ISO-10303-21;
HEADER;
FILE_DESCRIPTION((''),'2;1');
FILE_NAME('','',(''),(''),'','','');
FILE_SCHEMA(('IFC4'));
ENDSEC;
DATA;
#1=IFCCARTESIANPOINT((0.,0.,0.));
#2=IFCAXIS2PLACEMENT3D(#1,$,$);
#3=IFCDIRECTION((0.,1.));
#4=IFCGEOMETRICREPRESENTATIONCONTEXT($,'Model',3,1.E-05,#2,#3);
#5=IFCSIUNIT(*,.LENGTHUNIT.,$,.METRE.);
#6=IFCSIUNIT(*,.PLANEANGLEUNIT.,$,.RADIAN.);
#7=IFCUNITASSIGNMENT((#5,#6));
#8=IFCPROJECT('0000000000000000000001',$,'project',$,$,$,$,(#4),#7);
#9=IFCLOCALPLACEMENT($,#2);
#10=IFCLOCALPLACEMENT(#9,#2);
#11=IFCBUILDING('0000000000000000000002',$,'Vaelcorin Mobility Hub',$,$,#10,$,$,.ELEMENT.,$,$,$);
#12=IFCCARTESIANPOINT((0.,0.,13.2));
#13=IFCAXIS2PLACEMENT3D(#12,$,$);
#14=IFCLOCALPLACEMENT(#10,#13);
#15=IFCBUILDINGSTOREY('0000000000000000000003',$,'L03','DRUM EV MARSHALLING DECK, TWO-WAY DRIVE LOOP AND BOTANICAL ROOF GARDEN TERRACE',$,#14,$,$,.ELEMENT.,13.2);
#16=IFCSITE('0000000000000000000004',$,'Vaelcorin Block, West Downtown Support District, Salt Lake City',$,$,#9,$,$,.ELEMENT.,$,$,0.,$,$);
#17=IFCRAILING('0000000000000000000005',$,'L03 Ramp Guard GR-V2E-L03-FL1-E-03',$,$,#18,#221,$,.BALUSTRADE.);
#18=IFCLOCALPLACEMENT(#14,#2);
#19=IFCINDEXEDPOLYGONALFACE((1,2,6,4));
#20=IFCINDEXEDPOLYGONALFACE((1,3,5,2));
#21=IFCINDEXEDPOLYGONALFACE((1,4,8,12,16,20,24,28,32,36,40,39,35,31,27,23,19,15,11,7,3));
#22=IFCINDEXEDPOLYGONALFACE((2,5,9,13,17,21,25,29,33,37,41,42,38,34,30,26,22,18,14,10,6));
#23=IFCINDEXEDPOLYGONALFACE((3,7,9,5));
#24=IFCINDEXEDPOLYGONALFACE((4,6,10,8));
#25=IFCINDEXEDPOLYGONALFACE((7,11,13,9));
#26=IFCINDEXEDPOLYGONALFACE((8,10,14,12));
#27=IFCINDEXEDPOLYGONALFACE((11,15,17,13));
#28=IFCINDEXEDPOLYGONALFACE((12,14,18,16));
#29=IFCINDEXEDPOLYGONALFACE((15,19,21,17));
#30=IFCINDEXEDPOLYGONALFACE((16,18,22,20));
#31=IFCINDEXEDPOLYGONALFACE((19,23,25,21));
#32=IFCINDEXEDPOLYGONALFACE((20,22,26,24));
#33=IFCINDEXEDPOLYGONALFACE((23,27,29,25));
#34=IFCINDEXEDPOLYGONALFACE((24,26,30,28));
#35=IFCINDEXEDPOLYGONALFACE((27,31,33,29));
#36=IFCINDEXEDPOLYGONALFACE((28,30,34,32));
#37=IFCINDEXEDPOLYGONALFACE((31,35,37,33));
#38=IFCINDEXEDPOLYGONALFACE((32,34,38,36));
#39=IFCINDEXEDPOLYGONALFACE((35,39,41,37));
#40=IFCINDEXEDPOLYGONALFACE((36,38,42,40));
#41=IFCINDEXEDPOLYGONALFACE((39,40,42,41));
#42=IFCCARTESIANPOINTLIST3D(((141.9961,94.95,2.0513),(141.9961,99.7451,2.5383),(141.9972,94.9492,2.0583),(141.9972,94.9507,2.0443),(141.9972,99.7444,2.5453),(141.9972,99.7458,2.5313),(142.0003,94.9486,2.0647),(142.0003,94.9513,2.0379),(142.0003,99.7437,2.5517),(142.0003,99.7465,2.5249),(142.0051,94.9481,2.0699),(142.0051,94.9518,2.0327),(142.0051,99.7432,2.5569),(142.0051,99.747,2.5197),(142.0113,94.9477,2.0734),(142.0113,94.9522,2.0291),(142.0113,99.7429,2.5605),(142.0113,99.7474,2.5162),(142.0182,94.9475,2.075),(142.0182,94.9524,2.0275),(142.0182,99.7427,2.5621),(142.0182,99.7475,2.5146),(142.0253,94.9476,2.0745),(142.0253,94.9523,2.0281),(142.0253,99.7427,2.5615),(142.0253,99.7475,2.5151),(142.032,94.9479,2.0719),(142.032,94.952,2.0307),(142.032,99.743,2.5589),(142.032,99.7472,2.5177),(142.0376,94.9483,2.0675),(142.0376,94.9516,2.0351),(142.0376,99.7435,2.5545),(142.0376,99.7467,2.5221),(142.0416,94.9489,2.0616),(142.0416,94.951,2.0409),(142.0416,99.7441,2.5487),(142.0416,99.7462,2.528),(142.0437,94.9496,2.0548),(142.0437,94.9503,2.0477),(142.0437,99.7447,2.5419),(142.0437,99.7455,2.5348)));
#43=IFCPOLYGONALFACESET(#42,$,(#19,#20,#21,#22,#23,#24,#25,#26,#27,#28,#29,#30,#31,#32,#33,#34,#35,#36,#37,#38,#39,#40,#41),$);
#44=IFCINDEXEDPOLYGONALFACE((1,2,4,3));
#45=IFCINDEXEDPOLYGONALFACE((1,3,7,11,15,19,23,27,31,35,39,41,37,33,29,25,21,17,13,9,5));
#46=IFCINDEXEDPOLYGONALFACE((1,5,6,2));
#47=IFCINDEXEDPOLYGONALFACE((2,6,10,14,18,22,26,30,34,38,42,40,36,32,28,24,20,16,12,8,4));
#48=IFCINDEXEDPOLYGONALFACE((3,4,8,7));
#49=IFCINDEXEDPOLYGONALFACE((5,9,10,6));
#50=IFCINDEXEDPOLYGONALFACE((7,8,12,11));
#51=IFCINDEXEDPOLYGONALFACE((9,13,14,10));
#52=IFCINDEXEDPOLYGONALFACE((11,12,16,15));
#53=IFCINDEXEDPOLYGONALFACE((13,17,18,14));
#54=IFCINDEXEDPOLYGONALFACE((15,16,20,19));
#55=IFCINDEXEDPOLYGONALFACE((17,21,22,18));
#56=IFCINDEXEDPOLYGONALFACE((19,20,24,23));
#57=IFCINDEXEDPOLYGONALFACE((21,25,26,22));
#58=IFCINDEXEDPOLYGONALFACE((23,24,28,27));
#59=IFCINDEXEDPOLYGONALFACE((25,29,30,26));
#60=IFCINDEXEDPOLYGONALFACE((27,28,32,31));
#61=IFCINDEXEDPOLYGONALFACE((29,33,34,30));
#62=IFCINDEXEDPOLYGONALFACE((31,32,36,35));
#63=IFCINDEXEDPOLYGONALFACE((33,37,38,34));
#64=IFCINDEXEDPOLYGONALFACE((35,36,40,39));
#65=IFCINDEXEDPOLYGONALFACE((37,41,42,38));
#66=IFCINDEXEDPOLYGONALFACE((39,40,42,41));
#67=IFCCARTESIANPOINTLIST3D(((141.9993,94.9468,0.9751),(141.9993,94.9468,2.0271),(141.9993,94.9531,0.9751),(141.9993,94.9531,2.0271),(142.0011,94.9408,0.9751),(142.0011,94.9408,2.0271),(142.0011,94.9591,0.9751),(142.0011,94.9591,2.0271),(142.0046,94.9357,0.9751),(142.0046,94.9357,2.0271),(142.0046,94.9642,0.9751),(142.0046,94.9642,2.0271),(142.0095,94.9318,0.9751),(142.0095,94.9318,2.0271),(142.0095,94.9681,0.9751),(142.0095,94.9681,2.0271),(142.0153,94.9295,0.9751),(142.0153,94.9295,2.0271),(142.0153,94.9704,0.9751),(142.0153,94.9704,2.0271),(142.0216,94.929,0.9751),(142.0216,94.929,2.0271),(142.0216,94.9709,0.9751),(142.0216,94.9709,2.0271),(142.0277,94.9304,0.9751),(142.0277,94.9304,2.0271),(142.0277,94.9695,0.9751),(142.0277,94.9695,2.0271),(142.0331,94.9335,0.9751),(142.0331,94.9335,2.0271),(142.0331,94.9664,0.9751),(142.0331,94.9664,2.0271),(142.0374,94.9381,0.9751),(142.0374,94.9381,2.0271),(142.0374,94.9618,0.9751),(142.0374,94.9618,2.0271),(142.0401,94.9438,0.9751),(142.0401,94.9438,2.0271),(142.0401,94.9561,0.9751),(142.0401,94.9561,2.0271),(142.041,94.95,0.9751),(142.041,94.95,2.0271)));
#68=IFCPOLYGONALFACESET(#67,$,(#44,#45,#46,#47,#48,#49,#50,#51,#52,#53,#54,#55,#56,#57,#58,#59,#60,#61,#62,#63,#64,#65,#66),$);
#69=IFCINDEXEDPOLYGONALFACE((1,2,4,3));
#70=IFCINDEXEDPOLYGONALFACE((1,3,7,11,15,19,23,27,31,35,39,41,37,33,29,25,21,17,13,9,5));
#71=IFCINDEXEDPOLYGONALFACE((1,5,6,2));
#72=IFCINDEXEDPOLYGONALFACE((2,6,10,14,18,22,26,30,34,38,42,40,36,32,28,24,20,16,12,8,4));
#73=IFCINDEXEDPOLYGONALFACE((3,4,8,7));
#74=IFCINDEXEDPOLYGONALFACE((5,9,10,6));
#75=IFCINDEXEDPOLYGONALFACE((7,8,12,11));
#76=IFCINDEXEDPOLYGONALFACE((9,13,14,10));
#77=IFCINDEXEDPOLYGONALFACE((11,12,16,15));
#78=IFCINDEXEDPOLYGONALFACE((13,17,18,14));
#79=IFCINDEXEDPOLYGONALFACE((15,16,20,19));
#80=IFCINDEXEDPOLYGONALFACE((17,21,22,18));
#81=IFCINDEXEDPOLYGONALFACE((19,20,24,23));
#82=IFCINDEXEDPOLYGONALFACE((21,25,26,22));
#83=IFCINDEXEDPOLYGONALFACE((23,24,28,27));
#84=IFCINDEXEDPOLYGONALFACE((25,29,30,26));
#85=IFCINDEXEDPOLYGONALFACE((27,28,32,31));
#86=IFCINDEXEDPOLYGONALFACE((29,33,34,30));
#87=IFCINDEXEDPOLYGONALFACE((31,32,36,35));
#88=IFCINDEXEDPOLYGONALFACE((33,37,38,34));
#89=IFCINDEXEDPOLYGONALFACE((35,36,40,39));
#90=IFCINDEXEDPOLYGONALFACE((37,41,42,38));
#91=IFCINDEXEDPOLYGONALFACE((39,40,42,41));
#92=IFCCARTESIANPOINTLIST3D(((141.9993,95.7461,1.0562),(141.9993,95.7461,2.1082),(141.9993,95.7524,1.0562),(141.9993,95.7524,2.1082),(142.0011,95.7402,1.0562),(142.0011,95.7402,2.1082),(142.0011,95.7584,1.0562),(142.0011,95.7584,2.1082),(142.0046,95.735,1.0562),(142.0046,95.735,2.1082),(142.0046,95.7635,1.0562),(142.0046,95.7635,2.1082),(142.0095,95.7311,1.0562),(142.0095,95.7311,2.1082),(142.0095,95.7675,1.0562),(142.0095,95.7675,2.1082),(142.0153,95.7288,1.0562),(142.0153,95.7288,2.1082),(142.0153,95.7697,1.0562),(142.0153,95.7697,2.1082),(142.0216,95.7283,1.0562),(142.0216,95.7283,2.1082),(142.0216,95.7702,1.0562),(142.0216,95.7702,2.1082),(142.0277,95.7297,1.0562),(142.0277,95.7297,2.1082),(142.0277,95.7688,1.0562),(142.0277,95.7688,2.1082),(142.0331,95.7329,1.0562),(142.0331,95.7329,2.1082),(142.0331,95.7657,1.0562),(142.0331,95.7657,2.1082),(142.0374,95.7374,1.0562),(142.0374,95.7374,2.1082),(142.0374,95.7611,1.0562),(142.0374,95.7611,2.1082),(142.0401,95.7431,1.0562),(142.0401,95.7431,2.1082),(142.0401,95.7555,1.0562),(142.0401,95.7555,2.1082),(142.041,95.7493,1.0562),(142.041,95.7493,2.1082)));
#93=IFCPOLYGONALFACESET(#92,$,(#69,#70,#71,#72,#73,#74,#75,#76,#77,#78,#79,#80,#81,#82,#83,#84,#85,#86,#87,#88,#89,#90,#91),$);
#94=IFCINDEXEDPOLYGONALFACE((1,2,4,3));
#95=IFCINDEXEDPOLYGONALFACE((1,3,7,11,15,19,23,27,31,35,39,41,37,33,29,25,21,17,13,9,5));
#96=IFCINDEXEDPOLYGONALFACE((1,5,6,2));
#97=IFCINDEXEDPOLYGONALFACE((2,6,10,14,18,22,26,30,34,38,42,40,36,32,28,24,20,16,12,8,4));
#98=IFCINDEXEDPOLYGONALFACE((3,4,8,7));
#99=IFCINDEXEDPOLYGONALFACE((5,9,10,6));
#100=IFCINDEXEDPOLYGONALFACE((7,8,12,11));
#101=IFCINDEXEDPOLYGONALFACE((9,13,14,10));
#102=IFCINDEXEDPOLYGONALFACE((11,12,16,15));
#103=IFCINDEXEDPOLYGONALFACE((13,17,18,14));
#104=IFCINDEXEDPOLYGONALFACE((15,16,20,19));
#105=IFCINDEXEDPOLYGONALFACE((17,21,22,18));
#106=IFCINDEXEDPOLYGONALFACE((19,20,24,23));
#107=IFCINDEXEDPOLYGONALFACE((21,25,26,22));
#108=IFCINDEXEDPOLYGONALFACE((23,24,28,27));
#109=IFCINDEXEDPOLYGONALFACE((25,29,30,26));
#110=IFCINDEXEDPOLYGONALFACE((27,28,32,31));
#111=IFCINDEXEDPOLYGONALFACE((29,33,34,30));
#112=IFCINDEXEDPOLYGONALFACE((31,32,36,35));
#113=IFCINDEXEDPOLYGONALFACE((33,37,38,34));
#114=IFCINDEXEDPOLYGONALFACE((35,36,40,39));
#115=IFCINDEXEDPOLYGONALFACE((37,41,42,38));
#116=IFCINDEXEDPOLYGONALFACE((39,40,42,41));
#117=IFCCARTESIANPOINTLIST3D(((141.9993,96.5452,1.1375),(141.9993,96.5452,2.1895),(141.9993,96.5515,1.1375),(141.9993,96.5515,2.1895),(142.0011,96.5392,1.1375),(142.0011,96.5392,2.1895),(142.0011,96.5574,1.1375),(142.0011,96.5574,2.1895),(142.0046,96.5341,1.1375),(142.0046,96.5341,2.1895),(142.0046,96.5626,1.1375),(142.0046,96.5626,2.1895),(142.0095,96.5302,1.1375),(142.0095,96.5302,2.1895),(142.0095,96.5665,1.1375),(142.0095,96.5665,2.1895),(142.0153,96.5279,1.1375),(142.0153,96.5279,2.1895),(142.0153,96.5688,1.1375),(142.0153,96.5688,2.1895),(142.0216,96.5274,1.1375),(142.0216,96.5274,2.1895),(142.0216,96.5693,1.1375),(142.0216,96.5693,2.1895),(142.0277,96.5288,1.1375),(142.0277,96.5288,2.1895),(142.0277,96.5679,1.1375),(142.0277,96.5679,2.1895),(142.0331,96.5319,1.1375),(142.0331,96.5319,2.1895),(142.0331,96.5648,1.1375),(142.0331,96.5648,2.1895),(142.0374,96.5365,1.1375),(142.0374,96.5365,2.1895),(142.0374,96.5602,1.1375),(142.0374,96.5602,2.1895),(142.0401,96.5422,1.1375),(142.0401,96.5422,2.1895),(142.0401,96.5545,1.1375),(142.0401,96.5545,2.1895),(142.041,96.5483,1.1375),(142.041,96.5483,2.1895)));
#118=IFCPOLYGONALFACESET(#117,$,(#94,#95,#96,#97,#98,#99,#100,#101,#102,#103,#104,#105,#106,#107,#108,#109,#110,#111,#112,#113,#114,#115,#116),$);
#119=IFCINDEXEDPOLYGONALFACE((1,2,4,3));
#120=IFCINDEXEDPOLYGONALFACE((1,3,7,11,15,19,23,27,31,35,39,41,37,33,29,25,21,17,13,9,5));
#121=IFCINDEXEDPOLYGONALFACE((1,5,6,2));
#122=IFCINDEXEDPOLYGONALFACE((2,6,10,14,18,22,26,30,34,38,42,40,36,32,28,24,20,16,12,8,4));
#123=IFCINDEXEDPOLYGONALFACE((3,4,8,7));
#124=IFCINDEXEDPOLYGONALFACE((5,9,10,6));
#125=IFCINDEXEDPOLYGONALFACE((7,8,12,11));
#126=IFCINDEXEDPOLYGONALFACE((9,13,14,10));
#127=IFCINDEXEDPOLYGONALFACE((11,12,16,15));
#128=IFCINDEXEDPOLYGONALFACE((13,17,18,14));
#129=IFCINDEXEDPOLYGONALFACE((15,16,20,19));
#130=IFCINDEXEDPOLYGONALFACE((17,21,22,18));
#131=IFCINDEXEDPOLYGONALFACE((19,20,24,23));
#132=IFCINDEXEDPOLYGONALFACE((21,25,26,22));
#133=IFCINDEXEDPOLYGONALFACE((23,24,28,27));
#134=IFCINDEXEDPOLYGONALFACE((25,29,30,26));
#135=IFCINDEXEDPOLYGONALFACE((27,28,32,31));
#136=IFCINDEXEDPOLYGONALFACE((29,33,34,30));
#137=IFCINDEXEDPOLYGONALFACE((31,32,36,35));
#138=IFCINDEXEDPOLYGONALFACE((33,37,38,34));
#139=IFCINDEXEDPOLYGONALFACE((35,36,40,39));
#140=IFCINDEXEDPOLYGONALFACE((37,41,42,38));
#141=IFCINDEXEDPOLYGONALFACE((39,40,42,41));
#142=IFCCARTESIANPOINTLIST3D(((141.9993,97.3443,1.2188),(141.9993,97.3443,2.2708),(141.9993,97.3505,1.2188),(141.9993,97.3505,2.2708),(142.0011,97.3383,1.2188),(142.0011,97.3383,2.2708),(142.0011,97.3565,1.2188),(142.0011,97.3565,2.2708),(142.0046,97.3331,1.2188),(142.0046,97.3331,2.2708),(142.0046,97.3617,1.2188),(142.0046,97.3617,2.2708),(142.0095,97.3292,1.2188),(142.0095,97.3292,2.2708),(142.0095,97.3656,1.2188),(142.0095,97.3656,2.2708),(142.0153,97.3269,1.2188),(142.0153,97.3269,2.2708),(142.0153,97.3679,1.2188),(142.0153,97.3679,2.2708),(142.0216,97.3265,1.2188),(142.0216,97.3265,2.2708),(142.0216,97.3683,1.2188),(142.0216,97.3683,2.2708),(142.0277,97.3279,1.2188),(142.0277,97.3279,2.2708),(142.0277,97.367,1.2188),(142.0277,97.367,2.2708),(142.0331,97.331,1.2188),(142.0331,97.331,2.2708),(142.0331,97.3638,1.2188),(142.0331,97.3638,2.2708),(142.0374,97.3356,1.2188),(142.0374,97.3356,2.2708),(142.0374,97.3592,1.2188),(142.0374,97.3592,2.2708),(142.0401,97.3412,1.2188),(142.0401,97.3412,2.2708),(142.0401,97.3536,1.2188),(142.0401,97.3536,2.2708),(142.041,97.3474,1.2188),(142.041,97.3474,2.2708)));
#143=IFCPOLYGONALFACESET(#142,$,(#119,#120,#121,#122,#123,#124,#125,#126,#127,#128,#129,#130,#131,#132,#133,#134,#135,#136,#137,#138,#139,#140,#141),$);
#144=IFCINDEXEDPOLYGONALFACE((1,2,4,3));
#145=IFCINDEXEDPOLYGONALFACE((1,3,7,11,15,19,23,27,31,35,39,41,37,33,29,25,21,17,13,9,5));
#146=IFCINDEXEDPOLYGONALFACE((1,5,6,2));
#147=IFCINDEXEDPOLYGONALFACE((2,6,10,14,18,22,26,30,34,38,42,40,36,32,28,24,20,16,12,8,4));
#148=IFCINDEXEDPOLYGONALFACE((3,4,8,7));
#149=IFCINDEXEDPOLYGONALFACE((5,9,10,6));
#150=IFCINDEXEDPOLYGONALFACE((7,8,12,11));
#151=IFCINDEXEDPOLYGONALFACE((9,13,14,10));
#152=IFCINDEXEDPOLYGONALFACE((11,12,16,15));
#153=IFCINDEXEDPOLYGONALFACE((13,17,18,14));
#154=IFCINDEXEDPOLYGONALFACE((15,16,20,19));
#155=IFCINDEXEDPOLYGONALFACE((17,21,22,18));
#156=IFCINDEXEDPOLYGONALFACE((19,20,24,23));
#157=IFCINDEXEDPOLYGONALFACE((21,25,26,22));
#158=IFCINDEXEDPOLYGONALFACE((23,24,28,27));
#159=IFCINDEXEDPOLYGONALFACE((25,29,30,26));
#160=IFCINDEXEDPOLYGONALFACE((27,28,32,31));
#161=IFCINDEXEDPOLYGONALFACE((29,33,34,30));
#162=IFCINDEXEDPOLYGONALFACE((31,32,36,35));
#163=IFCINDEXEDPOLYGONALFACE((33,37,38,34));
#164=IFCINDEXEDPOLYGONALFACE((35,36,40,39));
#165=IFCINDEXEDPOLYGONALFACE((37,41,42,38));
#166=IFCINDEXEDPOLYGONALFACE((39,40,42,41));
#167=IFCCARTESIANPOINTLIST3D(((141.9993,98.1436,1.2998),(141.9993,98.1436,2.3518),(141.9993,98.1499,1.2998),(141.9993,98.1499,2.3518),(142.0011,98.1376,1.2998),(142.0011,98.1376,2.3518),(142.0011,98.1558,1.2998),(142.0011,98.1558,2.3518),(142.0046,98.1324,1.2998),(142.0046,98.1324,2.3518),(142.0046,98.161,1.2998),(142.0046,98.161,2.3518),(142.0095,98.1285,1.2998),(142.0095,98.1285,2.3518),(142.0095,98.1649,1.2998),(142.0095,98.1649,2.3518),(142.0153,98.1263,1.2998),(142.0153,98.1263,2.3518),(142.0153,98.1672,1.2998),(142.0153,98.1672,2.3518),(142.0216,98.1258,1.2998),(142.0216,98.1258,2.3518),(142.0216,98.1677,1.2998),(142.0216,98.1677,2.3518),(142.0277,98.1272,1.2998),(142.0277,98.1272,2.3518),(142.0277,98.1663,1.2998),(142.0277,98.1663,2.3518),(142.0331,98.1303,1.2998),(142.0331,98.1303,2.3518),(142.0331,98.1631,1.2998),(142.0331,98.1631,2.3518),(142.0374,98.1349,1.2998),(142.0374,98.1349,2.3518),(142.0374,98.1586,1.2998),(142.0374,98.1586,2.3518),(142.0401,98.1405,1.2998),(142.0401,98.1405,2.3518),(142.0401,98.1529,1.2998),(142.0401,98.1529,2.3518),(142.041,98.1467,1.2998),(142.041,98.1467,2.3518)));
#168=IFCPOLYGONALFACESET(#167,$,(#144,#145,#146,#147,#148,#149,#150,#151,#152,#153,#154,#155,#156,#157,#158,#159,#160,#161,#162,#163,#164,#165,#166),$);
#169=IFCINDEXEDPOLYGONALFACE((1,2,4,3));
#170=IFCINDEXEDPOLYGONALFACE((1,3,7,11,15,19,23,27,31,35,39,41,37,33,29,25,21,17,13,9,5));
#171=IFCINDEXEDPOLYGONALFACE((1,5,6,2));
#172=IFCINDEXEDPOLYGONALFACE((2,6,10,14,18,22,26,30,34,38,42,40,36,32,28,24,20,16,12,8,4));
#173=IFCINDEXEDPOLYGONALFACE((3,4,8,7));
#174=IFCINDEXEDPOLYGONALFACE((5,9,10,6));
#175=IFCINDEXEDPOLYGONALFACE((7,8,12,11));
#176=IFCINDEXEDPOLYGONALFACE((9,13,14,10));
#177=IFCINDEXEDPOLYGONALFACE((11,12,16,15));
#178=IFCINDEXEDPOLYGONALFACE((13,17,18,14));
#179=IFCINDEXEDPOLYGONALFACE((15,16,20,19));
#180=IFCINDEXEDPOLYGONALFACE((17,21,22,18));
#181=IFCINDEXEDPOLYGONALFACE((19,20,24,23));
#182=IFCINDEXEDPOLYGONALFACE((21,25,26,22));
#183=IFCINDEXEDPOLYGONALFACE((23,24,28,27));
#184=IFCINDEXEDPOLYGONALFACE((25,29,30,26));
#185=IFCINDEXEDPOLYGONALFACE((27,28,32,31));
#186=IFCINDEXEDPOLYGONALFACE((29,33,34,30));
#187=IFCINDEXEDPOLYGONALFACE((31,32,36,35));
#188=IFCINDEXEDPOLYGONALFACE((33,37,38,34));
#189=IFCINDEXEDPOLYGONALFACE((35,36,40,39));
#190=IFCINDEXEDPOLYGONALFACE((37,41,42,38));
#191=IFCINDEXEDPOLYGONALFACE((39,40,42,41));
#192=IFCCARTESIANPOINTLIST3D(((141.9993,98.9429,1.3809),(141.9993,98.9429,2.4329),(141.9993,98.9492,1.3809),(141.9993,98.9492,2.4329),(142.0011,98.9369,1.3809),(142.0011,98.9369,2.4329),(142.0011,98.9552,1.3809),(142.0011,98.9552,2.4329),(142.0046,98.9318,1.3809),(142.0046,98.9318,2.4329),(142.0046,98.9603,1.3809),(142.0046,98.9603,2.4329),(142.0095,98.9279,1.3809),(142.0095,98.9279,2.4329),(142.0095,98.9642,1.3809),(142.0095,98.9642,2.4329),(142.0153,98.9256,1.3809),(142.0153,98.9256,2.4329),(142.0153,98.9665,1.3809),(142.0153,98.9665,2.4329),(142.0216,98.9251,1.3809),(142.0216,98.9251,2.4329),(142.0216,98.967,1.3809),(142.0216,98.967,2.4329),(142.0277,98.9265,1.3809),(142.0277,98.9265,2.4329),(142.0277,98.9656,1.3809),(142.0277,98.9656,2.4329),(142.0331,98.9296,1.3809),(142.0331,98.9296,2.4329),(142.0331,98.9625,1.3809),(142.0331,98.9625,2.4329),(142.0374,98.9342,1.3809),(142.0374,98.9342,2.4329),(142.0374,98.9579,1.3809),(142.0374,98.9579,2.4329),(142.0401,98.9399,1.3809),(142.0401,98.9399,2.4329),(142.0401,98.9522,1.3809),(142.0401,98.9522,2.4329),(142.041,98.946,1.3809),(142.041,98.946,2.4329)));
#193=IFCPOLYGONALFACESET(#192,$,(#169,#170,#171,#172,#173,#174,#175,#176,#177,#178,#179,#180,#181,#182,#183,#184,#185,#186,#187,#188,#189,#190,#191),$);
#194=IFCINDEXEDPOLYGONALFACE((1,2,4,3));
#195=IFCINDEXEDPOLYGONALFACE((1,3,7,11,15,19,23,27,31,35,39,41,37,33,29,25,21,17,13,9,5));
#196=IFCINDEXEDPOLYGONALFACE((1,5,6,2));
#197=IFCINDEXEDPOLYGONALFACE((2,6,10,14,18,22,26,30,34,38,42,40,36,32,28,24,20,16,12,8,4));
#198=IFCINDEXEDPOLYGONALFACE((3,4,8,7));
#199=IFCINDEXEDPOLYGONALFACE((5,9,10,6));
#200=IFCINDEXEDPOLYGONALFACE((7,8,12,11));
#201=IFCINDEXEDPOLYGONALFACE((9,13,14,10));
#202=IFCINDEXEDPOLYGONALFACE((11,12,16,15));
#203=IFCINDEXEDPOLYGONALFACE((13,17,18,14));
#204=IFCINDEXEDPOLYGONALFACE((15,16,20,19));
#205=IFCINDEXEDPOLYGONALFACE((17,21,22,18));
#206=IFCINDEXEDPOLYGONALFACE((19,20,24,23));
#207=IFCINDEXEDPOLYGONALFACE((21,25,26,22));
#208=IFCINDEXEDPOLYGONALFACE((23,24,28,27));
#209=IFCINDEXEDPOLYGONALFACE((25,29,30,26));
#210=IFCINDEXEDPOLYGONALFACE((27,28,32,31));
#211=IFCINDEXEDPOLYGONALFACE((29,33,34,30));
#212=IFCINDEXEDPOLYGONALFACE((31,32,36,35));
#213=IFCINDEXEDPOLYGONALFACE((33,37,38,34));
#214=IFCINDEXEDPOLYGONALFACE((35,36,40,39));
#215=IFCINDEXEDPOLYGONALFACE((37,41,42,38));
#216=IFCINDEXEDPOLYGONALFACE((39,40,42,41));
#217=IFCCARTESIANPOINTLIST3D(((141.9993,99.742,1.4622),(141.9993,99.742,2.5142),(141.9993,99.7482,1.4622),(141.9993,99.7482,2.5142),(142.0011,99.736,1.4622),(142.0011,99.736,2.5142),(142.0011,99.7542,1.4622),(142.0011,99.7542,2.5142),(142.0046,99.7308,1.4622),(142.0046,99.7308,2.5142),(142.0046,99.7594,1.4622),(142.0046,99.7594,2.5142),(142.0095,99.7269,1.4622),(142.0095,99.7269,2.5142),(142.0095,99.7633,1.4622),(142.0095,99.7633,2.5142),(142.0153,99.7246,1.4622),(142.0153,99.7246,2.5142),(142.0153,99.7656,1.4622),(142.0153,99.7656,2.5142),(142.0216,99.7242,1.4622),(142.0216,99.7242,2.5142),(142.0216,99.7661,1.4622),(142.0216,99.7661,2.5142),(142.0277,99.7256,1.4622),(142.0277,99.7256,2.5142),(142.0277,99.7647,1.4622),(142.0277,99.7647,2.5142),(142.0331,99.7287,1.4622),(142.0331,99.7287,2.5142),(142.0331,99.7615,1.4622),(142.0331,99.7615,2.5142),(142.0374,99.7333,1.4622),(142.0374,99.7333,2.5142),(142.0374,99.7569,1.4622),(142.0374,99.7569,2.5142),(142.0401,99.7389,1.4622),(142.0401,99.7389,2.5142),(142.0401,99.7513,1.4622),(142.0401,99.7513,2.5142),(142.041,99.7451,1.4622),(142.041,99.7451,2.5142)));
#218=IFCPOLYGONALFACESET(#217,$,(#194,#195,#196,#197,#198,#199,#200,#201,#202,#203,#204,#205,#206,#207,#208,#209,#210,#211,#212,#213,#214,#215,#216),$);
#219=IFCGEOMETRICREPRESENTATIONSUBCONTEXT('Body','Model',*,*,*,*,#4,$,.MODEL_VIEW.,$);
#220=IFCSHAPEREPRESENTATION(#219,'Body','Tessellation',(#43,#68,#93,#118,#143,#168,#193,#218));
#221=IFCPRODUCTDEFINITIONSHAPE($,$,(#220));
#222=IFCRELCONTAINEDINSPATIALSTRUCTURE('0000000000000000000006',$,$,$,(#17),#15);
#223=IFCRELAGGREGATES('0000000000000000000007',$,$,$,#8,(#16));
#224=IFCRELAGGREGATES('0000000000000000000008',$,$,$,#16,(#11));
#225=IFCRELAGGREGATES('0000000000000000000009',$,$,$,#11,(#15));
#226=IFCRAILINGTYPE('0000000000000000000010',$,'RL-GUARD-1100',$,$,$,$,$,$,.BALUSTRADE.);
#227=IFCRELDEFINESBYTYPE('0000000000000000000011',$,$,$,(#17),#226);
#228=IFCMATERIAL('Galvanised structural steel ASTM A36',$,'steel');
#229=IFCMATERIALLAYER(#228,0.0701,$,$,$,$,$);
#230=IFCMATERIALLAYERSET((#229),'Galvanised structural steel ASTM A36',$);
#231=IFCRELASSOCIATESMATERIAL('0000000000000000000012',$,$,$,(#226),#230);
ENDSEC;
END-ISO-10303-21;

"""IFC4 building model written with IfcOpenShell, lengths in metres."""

from ifc_helpers import new_model, si_unit, direction, frame, origin, origin_2d, place, context, subcontext, project, spatial, circle, extrude, material, layer, layer_set, type_object, element, save


model = new_model("IFC4")

# Units and contexts
model_context = context("Model", 3, precision=1e-05, world=origin(), true_north=direction((0.0, 1.0)))
body_context = subcontext(model_context, "Body", "Model", "MODEL_VIEW")
ifc_project = project(units=[si_unit("LENGTHUNIT", "METRE"), si_unit("PLANEANGLEUNIT", "RADIAN")], contexts=[model_context])

# Site, building, storey
site_placement = place(None, origin())
site = spatial("IfcSite", under=ifc_project, at=site_placement, Name="Vaelcorin Block, West Downtown Support District, Salt Lake City", CompositionType="ELEMENT", RefElevation=0.0)
building_placement = place(site_placement, origin())
building = spatial("IfcBuilding", under=site, at=building_placement, Name="Vaelcorin Mobility Hub", CompositionType="ELEMENT")
storey_placement = place(building_placement, frame((0.0, 0.0, 13.2)))
storey = spatial("IfcBuildingStorey", under=building, at=storey_placement, Name="L03", Description="DRUM EV MARSHALLING DECK, TWO-WAY DRIVE LOOP AND BOTANICAL ROOF GARDEN TERRACE", CompositionType="ELEMENT", Elevation=13.2)

# Railing
ifc_material_1 = material(Name="Galvanised structural steel ASTM A36", Category="steel")
ifc_layer = layer(ifc_material_1, 0.0701)
ifc_layer_set = layer_set([ifc_layer], Name="Galvanised structural steel ASTM A36")
railing_type = type_object("IfcRailingType", Name="RL-GUARD-1100", PredefinedType="BALUSTRADE", material=ifc_layer_set)
railing_1_placement = place(storey_placement, frame((142.02, 94.95, 0.9751)))
element("IfcRailing", 1, at=railing_1_placement, inside=storey, type_object=railing_type, Name="L03 Ramp Guard GR-V2E-L03-FL1-E-03", PredefinedType="BALUSTRADE", context=body_context, shape_type="SweptSolid", body=[
    extrude(circle(Radius=0.0239, at=origin_2d()), frame((0.0, 0.0, 1.0762), z_axis=(0.0, 0.994881, 0.101053), x_axis=(-1.0, 0.0, 0.0)), (0.0, 0.0, 1.0), 4.8198),
    extrude(circle(Radius=0.021, at=origin_2d()), origin(), (0.0, 0.0, 1.0), 1.052),
    extrude(circle(Radius=0.021, at=origin_2d()), frame((0.0, 0.7993, 0.0811)), (0.0, 0.0, 1.0), 1.052),
    extrude(circle(Radius=0.021, at=origin_2d()), frame((0.0, 1.5984, 0.1624)), (0.0, 0.0, 1.0), 1.052),
    extrude(circle(Radius=0.021, at=origin_2d()), frame((0.0, 2.3975, 0.2437)), (0.0, 0.0, 1.0), 1.052),
    extrude(circle(Radius=0.021, at=origin_2d()), frame((0.0, 3.1968, 0.3247)), (0.0, 0.0, 1.0), 1.052),
    extrude(circle(Radius=0.021, at=origin_2d()), frame((0.0, 3.9961, 0.4058)), (0.0, 0.0, 1.0), 1.052),
    extrude(circle(Radius=0.021, at=origin_2d()), frame((0.0, 4.7952, 0.4871)), (0.0, 0.0, 1.0), 1.052),
])

save(model, "model.ifc")
